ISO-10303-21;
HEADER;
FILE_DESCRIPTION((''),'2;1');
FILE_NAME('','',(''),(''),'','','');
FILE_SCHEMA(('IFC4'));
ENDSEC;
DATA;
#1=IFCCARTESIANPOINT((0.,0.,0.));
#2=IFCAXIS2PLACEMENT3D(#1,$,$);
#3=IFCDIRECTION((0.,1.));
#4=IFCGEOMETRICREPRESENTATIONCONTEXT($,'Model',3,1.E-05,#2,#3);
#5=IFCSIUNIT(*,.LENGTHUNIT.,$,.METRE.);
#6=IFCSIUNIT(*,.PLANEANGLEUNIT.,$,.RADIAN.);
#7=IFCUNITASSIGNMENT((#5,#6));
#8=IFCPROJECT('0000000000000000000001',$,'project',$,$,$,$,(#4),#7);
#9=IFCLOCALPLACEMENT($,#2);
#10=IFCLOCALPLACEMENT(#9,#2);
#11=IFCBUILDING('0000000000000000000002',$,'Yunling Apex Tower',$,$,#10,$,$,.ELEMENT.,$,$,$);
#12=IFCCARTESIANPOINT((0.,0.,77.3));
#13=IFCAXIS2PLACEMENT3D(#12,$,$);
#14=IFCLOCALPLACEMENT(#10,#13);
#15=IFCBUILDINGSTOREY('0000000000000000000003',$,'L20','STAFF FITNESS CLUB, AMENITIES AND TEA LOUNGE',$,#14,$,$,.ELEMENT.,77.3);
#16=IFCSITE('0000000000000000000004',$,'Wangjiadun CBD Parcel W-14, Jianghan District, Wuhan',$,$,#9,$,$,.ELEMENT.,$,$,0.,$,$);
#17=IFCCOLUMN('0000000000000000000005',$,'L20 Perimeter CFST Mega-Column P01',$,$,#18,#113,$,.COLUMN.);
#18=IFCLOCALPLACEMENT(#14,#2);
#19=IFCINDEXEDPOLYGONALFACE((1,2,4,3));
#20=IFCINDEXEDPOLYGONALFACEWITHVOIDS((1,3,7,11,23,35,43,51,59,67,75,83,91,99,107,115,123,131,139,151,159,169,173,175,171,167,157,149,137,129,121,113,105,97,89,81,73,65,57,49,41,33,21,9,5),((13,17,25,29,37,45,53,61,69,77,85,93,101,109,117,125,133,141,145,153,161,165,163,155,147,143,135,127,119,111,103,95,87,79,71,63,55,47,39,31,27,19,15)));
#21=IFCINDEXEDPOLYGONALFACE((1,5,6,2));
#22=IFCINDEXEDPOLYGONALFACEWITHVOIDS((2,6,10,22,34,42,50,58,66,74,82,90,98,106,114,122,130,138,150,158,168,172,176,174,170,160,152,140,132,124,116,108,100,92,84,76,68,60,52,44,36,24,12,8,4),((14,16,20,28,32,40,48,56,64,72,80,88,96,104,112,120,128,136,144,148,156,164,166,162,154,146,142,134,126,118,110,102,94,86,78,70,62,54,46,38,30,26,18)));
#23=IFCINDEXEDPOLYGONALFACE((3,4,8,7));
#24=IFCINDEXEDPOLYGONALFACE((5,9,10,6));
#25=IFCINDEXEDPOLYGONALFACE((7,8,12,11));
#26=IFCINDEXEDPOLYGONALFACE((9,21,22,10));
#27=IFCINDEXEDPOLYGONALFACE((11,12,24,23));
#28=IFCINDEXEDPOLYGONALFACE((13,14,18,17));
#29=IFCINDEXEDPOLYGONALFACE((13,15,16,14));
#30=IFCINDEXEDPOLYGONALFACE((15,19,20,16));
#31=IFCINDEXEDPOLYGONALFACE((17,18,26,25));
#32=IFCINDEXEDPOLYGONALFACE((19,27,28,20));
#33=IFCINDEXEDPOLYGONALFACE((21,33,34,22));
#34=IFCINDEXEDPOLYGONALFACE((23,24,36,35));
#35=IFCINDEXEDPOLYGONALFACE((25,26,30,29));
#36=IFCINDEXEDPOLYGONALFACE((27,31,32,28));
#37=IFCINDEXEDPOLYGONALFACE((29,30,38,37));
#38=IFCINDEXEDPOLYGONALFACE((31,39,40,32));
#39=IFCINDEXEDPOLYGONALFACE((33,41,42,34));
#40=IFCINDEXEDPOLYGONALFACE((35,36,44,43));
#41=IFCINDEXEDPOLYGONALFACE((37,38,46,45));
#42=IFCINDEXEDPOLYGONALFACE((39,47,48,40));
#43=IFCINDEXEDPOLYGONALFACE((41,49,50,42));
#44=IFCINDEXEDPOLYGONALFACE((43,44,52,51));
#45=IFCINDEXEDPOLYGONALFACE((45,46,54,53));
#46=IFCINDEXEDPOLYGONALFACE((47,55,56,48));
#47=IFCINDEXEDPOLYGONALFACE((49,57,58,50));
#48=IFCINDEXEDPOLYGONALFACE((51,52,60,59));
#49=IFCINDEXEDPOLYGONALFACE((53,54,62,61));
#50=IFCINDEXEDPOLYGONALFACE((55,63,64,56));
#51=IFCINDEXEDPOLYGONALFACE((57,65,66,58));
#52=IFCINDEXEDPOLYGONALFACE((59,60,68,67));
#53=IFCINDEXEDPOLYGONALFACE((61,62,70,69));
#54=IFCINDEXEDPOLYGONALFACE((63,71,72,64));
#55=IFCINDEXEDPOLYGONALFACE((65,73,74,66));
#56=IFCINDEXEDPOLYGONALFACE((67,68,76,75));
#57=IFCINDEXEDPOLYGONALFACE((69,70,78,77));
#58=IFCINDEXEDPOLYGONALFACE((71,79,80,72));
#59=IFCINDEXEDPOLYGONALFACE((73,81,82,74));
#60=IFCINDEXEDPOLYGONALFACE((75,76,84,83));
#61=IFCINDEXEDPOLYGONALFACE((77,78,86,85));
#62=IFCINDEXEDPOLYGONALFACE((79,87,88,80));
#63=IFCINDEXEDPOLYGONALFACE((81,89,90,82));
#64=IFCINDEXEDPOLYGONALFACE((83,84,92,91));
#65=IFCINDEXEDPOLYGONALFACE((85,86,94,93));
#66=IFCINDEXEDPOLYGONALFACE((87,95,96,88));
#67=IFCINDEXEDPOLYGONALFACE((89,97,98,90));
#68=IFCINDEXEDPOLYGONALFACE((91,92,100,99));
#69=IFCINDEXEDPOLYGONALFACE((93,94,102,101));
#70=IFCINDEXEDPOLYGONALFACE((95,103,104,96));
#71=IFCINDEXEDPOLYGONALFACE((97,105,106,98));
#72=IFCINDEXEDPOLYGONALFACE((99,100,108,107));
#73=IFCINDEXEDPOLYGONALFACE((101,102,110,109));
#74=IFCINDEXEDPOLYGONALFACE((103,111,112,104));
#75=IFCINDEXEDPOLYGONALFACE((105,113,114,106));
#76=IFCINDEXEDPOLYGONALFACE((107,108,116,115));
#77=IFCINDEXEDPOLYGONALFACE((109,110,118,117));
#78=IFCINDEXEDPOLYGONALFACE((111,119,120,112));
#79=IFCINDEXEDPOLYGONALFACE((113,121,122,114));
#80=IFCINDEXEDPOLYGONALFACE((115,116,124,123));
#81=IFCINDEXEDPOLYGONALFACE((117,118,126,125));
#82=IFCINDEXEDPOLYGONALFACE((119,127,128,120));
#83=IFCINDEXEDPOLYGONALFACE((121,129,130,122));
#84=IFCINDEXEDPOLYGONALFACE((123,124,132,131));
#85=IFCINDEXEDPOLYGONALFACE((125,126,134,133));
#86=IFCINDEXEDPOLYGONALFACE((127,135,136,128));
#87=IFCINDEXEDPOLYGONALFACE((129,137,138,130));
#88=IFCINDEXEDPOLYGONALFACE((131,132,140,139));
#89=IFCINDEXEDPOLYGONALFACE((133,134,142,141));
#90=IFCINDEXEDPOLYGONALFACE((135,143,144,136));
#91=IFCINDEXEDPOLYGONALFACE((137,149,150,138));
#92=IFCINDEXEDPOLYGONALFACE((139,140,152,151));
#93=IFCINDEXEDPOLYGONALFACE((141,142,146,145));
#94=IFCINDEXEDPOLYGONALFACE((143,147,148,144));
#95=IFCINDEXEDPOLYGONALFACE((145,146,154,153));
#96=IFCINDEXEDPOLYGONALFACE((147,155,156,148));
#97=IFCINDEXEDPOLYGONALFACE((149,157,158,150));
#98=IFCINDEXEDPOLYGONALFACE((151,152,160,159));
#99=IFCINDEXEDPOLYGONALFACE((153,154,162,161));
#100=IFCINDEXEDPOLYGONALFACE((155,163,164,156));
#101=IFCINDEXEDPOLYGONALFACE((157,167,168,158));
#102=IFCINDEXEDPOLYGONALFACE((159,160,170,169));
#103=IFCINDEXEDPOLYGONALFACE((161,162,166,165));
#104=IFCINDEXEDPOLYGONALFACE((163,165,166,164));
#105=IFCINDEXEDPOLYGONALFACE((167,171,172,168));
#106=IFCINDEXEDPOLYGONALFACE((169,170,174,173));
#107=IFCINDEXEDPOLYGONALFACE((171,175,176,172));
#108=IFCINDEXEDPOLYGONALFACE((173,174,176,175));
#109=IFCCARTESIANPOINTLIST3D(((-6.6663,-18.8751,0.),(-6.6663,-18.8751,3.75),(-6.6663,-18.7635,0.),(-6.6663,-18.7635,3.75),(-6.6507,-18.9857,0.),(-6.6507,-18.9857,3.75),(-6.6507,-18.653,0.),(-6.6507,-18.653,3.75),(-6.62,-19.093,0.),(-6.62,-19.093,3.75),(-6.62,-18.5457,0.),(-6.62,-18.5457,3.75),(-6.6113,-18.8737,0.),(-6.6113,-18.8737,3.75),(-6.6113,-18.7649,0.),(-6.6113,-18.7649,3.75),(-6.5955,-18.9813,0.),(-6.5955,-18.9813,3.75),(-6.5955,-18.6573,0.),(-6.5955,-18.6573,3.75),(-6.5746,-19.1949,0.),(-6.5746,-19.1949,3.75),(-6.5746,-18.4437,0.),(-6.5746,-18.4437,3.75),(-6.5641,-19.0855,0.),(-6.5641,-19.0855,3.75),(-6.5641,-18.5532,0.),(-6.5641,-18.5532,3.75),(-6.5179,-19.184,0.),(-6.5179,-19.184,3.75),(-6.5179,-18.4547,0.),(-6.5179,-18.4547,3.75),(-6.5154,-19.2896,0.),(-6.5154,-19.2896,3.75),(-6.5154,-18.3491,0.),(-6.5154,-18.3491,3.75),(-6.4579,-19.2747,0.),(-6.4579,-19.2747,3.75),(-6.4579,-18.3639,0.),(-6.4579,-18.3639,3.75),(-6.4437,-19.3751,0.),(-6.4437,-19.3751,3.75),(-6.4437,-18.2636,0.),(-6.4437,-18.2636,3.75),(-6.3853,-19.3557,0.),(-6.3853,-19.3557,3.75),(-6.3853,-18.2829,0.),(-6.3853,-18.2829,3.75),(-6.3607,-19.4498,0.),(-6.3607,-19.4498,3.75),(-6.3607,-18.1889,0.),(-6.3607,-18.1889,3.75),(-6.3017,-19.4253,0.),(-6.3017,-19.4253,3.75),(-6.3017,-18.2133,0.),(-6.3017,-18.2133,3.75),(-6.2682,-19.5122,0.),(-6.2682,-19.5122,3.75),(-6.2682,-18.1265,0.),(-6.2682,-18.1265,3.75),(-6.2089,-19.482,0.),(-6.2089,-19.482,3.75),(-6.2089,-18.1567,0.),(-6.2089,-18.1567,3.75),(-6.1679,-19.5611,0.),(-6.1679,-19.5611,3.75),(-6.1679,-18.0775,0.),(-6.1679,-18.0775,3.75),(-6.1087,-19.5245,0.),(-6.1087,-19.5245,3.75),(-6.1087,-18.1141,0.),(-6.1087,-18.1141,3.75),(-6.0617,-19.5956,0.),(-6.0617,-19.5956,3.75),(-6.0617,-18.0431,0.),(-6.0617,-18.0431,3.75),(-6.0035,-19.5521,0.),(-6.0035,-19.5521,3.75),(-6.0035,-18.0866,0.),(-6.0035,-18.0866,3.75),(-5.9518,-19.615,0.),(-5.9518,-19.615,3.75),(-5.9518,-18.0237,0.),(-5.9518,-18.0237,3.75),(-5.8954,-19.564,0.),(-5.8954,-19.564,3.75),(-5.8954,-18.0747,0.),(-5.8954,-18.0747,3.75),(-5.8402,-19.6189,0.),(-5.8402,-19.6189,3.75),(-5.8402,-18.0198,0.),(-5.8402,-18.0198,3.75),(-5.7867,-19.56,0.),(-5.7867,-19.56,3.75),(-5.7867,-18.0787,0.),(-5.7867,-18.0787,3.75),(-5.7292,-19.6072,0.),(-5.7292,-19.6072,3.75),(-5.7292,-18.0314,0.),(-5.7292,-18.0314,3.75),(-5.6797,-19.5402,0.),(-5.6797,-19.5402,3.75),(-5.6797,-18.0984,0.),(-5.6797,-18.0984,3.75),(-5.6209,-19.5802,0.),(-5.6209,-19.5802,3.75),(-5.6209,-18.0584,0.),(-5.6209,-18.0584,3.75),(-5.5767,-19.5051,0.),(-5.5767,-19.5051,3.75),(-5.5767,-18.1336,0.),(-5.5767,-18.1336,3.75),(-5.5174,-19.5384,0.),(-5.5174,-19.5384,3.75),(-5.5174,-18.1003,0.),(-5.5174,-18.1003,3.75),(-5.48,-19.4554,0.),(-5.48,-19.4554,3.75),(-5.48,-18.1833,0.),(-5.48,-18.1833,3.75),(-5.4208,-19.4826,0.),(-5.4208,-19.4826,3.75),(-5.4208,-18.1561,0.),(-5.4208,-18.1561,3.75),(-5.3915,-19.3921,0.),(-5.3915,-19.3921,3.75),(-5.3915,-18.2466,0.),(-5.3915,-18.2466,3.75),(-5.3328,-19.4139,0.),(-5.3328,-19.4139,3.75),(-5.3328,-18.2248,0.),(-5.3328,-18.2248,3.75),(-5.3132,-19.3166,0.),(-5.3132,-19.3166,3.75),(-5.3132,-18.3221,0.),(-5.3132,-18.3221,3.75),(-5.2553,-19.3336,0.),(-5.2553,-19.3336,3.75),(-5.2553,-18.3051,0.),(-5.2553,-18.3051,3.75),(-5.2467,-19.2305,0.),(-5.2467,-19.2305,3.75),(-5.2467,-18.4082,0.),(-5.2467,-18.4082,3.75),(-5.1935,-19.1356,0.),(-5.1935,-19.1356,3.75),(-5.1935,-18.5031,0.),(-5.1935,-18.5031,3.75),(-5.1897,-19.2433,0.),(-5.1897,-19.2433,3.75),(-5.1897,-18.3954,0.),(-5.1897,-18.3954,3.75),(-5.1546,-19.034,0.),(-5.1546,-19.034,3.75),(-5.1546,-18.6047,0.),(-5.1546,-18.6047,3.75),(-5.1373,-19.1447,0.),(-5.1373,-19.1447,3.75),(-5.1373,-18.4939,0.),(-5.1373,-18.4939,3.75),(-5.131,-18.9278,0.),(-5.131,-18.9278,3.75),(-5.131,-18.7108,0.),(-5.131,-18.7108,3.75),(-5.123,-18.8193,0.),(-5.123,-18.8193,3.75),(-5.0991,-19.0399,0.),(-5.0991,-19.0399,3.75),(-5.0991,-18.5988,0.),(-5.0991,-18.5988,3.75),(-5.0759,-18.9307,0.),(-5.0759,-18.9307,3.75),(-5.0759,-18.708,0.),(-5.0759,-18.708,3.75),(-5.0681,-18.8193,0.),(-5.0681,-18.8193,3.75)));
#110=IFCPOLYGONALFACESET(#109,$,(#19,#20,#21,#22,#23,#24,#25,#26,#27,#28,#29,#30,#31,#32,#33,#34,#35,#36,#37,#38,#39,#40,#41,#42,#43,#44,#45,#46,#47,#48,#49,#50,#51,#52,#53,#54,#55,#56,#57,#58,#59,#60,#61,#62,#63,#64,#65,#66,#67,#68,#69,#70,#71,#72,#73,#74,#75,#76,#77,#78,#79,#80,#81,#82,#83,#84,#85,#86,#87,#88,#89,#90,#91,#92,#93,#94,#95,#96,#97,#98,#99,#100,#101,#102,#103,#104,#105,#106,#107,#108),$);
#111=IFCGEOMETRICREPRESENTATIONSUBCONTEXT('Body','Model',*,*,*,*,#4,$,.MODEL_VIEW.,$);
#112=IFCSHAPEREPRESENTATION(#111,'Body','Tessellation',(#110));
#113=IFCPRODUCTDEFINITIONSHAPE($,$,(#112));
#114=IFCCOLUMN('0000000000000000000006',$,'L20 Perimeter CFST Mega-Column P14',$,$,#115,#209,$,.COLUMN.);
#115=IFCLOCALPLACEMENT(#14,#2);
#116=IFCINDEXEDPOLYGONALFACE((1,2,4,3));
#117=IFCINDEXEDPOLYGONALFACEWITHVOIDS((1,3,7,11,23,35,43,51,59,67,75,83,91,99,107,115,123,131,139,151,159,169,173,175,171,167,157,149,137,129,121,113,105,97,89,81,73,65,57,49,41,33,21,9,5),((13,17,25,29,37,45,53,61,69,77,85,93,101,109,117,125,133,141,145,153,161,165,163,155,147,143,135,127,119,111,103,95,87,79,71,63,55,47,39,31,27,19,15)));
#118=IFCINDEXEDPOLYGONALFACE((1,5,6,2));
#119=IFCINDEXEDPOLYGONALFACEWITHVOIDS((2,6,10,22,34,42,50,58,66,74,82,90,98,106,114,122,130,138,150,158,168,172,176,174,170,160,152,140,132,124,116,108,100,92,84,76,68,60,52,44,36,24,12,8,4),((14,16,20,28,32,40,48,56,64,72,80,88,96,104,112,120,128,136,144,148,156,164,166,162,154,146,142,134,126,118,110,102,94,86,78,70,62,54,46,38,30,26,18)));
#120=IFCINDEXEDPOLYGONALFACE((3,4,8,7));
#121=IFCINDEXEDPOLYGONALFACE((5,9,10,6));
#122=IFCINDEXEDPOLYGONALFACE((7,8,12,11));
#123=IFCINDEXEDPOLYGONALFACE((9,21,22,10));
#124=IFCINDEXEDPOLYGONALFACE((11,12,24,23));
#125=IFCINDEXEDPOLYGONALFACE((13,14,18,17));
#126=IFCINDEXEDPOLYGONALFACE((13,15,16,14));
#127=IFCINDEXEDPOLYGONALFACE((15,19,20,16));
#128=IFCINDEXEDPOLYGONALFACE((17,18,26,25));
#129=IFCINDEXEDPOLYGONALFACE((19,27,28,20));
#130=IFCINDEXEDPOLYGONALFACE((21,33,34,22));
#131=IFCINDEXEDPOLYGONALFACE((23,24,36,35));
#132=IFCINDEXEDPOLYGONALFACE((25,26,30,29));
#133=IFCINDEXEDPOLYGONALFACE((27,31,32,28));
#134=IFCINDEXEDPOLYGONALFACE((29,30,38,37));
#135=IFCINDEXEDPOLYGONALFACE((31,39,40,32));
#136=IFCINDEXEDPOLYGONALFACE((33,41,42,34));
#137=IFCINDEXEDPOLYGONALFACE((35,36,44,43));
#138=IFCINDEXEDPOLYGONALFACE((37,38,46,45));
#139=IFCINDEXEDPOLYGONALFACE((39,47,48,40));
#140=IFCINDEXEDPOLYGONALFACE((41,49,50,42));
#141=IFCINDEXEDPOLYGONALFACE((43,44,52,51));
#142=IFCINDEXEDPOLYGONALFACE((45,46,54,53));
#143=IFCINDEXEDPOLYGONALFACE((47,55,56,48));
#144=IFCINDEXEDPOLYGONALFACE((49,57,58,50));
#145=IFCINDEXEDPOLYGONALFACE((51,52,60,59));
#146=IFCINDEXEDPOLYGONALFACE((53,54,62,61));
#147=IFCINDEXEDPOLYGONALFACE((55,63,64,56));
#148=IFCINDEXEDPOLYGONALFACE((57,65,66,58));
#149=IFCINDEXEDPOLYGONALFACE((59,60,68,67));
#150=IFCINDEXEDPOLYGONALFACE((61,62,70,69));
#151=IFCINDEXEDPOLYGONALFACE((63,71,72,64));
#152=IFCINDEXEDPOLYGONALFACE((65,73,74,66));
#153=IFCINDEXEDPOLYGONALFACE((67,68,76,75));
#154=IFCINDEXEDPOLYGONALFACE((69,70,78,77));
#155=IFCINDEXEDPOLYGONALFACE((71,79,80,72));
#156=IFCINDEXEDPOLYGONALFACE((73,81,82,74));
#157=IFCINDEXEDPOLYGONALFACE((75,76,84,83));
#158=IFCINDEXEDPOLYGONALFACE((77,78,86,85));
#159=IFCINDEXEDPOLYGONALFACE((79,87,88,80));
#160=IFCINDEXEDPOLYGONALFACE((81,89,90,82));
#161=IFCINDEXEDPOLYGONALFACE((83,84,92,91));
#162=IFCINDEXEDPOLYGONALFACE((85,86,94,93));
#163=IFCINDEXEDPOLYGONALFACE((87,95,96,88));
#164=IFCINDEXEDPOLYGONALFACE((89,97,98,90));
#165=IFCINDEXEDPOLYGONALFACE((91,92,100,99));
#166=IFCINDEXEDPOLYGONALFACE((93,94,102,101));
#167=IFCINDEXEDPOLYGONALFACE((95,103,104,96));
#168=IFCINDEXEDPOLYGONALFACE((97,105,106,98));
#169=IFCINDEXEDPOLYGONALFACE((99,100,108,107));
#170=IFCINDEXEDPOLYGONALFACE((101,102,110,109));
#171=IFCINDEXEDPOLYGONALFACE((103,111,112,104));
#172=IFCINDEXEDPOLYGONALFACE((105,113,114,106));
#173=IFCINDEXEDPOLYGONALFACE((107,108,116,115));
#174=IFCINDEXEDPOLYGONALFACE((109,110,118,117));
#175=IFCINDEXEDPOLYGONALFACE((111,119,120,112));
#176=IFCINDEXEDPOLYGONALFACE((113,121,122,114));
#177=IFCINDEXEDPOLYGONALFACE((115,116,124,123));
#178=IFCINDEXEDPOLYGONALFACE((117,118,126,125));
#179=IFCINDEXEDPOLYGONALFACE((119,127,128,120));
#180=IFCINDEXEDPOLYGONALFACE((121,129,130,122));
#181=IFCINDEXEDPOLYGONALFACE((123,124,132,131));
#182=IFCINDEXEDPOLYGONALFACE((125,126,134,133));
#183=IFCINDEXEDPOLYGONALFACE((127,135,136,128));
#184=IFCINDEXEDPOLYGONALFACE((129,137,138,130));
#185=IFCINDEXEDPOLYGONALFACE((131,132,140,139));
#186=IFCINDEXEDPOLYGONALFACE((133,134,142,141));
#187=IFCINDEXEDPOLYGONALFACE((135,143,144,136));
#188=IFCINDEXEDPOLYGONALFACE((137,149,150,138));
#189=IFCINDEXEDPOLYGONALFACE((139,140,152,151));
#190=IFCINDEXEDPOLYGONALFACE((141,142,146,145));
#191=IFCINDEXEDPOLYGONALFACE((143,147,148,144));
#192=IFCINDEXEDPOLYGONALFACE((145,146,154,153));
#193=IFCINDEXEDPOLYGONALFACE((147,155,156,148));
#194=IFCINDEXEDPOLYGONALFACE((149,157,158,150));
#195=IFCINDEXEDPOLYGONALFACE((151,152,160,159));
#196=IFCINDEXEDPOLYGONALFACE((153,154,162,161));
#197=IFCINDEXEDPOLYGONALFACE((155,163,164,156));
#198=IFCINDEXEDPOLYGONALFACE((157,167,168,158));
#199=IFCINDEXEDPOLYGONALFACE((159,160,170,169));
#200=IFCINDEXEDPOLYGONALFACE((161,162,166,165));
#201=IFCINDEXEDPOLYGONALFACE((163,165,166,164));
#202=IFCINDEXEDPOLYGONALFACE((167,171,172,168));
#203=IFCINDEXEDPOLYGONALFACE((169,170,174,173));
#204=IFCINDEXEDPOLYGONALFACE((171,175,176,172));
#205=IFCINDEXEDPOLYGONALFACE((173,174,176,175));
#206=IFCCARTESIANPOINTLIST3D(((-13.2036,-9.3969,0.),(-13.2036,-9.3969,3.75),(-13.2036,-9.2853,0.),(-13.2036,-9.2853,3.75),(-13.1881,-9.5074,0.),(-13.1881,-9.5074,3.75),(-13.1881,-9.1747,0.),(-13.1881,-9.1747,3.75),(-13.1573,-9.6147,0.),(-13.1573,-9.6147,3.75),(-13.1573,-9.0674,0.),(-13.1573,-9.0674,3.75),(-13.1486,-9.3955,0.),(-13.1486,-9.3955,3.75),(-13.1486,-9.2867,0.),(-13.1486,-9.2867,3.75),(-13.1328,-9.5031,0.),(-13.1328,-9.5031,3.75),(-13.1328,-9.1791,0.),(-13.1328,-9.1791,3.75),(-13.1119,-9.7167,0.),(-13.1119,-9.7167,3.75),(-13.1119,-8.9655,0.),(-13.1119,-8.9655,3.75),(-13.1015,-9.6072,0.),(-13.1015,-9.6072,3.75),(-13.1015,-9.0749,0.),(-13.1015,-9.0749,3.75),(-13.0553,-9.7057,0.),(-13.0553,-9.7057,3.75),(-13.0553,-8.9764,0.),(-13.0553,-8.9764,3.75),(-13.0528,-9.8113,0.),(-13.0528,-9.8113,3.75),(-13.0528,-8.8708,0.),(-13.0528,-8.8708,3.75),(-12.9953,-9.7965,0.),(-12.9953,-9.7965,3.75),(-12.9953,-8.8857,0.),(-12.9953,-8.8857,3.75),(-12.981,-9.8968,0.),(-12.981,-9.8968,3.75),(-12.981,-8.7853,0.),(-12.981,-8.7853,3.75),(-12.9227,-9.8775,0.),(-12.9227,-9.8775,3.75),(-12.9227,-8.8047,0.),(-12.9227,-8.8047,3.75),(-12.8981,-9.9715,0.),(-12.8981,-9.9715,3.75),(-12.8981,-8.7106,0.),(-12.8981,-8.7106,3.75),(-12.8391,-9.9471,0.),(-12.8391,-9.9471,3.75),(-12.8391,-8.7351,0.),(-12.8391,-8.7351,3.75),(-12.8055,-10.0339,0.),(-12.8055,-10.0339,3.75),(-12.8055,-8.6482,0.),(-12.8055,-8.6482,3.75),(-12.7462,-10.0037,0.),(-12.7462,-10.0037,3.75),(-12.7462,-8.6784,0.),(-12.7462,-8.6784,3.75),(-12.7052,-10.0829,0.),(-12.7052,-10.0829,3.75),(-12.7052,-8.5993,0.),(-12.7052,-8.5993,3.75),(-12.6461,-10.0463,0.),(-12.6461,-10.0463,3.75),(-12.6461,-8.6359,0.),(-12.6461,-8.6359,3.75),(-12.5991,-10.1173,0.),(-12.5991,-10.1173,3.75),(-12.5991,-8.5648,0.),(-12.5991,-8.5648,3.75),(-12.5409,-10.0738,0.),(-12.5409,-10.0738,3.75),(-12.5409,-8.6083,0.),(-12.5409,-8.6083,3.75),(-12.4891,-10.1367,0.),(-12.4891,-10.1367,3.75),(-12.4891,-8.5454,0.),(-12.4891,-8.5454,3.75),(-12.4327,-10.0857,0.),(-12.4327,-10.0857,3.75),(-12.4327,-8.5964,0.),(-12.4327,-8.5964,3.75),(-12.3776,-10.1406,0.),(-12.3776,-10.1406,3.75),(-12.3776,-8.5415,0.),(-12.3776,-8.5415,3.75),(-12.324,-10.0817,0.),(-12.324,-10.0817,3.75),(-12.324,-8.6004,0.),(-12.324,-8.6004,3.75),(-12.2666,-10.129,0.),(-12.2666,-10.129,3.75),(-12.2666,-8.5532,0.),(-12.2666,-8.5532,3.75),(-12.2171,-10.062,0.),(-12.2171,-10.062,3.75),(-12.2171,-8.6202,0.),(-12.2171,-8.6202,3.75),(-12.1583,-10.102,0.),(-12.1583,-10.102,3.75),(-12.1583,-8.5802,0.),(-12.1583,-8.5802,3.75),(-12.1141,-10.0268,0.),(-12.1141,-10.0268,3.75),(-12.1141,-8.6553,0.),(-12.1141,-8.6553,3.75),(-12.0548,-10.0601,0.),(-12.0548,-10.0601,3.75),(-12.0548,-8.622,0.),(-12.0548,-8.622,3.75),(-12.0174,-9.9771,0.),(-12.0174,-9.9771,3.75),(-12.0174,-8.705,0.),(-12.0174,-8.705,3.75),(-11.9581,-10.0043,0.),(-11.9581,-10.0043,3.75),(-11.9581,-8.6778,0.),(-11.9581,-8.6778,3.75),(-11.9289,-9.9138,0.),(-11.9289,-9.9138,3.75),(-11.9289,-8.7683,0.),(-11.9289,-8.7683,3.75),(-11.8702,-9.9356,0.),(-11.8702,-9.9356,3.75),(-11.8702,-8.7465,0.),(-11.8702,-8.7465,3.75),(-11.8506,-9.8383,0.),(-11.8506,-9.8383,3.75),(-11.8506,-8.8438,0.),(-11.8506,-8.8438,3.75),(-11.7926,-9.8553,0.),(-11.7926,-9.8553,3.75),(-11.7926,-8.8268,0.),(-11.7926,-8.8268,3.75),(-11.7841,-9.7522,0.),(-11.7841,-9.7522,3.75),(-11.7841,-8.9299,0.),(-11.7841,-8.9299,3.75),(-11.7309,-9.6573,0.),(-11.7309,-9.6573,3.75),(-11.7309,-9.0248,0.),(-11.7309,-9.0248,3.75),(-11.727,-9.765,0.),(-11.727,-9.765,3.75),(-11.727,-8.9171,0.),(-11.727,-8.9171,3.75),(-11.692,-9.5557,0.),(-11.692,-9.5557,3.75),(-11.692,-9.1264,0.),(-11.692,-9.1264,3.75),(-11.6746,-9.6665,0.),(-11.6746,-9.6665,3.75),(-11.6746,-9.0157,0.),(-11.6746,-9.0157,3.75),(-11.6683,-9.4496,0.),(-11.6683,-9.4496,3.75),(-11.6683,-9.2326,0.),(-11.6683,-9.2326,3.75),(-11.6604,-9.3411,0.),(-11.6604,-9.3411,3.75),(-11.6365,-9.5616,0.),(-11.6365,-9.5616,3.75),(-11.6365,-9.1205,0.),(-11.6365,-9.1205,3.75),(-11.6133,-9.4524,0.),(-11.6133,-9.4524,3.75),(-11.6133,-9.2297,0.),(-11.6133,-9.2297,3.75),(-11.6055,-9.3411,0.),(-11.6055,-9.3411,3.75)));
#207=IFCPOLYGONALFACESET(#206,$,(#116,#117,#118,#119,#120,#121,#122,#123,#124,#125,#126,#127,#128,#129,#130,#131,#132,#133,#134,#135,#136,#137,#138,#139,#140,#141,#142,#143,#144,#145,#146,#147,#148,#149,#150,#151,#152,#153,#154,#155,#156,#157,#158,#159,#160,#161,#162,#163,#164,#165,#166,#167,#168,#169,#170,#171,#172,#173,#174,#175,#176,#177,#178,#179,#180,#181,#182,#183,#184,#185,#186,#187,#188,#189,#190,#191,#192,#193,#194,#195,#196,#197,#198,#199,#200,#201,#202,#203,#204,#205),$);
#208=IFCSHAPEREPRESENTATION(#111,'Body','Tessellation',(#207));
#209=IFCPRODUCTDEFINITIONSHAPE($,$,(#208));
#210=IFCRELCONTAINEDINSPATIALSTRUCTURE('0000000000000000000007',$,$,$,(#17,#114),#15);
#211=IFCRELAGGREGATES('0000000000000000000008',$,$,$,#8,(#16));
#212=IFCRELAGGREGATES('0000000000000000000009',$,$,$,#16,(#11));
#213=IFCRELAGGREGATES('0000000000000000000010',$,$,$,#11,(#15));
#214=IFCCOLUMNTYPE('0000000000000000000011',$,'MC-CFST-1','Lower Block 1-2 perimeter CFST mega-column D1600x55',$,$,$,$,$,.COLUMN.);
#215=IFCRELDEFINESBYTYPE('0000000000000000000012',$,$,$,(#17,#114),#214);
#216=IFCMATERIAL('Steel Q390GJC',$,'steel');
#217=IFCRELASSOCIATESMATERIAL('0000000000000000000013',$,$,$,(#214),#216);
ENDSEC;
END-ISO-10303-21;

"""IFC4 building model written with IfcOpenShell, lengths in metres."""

from ifc_helpers import new_model, si_unit, direction, frame, origin, origin_2d, place, context, subcontext, project, spatial, hollow_circle, extrude, source, transform, mapped, material, material_profile, profile_set, type_object, element, save


model = new_model("IFC4")

# Units and contexts
model_context = context("Model", 3, precision=1e-05, world=origin(), true_north=direction((0.0, 1.0)))
body_context = subcontext(model_context, "Body", "Model", "MODEL_VIEW")
ifc_project = project(units=[si_unit("LENGTHUNIT", "METRE"), si_unit("PLANEANGLEUNIT", "RADIAN")], contexts=[model_context])

# Site, building, storey
site_placement = place(None, origin())
site = spatial("IfcSite", under=ifc_project, at=site_placement, Name="Wangjiadun CBD Parcel W-14, Jianghan District, Wuhan", CompositionType="ELEMENT", RefElevation=0.0)
building_placement = place(site_placement, origin())
building = spatial("IfcBuilding", under=site, at=building_placement, Name="Yunling Apex Tower", CompositionType="ELEMENT")
storey_placement = place(building_placement, frame((0.0, 0.0, 77.3)))
storey = spatial("IfcBuildingStorey", under=building, at=storey_placement, Name="L20", Description="STAFF FITNESS CLUB, AMENITIES AND TEA LOUNGE", CompositionType="ELEMENT", Elevation=77.3)

# Columns
ifc_material_1 = material(Name="Steel Q390GJC", Category="steel")
ifc_material_profile_1 = material_profile(ifc_material_1, hollow_circle(Radius=0.8, WallThickness=0.0549, at=origin_2d()))
ifc_profile_set_1 = profile_set([ifc_material_profile_1], Name="Steel Q390GJC")
column_type = type_object("IfcColumnType", Name="MC-CFST-1", Description="Lower Block 1-2 perimeter CFST mega-column D1600x55", PredefinedType="COLUMN", material=ifc_profile_set_1)
shared_shape_1 = source(origin(), body_context, "Body", "SweptSolid", [
    extrude(hollow_circle(Radius=0.8, WallThickness=0.0549, at=origin_2d()), origin(), (0.0, 0.0, 1.0), 3.75),
])
for number, where, z_axis, x_axis, name in (
    (1, (-5.8682, -18.8193, 0.0), (0.0, 0.0, 1.0), (1.0, 0.0, 0.0), "L20 Perimeter CFST Mega-Column P01"),
    (2, (-12.4055, -9.3411, 0.0), (0.0, 0.0, 1.0), (1.0, 0.0, 0.0), "L20 Perimeter CFST Mega-Column P14"),
):
    element("IfcColumn", number, at=place(storey_placement, frame(where, z_axis=z_axis, x_axis=x_axis)), inside=storey, type_object=column_type, Name=name, PredefinedType="COLUMN", context=body_context, shape_type="MappedRepresentation", body=[
        mapped(shared_shape_1, transform((0.0, 0.0, 0.0), scale=1.0)),
    ])

save(model, "model.ifc")
